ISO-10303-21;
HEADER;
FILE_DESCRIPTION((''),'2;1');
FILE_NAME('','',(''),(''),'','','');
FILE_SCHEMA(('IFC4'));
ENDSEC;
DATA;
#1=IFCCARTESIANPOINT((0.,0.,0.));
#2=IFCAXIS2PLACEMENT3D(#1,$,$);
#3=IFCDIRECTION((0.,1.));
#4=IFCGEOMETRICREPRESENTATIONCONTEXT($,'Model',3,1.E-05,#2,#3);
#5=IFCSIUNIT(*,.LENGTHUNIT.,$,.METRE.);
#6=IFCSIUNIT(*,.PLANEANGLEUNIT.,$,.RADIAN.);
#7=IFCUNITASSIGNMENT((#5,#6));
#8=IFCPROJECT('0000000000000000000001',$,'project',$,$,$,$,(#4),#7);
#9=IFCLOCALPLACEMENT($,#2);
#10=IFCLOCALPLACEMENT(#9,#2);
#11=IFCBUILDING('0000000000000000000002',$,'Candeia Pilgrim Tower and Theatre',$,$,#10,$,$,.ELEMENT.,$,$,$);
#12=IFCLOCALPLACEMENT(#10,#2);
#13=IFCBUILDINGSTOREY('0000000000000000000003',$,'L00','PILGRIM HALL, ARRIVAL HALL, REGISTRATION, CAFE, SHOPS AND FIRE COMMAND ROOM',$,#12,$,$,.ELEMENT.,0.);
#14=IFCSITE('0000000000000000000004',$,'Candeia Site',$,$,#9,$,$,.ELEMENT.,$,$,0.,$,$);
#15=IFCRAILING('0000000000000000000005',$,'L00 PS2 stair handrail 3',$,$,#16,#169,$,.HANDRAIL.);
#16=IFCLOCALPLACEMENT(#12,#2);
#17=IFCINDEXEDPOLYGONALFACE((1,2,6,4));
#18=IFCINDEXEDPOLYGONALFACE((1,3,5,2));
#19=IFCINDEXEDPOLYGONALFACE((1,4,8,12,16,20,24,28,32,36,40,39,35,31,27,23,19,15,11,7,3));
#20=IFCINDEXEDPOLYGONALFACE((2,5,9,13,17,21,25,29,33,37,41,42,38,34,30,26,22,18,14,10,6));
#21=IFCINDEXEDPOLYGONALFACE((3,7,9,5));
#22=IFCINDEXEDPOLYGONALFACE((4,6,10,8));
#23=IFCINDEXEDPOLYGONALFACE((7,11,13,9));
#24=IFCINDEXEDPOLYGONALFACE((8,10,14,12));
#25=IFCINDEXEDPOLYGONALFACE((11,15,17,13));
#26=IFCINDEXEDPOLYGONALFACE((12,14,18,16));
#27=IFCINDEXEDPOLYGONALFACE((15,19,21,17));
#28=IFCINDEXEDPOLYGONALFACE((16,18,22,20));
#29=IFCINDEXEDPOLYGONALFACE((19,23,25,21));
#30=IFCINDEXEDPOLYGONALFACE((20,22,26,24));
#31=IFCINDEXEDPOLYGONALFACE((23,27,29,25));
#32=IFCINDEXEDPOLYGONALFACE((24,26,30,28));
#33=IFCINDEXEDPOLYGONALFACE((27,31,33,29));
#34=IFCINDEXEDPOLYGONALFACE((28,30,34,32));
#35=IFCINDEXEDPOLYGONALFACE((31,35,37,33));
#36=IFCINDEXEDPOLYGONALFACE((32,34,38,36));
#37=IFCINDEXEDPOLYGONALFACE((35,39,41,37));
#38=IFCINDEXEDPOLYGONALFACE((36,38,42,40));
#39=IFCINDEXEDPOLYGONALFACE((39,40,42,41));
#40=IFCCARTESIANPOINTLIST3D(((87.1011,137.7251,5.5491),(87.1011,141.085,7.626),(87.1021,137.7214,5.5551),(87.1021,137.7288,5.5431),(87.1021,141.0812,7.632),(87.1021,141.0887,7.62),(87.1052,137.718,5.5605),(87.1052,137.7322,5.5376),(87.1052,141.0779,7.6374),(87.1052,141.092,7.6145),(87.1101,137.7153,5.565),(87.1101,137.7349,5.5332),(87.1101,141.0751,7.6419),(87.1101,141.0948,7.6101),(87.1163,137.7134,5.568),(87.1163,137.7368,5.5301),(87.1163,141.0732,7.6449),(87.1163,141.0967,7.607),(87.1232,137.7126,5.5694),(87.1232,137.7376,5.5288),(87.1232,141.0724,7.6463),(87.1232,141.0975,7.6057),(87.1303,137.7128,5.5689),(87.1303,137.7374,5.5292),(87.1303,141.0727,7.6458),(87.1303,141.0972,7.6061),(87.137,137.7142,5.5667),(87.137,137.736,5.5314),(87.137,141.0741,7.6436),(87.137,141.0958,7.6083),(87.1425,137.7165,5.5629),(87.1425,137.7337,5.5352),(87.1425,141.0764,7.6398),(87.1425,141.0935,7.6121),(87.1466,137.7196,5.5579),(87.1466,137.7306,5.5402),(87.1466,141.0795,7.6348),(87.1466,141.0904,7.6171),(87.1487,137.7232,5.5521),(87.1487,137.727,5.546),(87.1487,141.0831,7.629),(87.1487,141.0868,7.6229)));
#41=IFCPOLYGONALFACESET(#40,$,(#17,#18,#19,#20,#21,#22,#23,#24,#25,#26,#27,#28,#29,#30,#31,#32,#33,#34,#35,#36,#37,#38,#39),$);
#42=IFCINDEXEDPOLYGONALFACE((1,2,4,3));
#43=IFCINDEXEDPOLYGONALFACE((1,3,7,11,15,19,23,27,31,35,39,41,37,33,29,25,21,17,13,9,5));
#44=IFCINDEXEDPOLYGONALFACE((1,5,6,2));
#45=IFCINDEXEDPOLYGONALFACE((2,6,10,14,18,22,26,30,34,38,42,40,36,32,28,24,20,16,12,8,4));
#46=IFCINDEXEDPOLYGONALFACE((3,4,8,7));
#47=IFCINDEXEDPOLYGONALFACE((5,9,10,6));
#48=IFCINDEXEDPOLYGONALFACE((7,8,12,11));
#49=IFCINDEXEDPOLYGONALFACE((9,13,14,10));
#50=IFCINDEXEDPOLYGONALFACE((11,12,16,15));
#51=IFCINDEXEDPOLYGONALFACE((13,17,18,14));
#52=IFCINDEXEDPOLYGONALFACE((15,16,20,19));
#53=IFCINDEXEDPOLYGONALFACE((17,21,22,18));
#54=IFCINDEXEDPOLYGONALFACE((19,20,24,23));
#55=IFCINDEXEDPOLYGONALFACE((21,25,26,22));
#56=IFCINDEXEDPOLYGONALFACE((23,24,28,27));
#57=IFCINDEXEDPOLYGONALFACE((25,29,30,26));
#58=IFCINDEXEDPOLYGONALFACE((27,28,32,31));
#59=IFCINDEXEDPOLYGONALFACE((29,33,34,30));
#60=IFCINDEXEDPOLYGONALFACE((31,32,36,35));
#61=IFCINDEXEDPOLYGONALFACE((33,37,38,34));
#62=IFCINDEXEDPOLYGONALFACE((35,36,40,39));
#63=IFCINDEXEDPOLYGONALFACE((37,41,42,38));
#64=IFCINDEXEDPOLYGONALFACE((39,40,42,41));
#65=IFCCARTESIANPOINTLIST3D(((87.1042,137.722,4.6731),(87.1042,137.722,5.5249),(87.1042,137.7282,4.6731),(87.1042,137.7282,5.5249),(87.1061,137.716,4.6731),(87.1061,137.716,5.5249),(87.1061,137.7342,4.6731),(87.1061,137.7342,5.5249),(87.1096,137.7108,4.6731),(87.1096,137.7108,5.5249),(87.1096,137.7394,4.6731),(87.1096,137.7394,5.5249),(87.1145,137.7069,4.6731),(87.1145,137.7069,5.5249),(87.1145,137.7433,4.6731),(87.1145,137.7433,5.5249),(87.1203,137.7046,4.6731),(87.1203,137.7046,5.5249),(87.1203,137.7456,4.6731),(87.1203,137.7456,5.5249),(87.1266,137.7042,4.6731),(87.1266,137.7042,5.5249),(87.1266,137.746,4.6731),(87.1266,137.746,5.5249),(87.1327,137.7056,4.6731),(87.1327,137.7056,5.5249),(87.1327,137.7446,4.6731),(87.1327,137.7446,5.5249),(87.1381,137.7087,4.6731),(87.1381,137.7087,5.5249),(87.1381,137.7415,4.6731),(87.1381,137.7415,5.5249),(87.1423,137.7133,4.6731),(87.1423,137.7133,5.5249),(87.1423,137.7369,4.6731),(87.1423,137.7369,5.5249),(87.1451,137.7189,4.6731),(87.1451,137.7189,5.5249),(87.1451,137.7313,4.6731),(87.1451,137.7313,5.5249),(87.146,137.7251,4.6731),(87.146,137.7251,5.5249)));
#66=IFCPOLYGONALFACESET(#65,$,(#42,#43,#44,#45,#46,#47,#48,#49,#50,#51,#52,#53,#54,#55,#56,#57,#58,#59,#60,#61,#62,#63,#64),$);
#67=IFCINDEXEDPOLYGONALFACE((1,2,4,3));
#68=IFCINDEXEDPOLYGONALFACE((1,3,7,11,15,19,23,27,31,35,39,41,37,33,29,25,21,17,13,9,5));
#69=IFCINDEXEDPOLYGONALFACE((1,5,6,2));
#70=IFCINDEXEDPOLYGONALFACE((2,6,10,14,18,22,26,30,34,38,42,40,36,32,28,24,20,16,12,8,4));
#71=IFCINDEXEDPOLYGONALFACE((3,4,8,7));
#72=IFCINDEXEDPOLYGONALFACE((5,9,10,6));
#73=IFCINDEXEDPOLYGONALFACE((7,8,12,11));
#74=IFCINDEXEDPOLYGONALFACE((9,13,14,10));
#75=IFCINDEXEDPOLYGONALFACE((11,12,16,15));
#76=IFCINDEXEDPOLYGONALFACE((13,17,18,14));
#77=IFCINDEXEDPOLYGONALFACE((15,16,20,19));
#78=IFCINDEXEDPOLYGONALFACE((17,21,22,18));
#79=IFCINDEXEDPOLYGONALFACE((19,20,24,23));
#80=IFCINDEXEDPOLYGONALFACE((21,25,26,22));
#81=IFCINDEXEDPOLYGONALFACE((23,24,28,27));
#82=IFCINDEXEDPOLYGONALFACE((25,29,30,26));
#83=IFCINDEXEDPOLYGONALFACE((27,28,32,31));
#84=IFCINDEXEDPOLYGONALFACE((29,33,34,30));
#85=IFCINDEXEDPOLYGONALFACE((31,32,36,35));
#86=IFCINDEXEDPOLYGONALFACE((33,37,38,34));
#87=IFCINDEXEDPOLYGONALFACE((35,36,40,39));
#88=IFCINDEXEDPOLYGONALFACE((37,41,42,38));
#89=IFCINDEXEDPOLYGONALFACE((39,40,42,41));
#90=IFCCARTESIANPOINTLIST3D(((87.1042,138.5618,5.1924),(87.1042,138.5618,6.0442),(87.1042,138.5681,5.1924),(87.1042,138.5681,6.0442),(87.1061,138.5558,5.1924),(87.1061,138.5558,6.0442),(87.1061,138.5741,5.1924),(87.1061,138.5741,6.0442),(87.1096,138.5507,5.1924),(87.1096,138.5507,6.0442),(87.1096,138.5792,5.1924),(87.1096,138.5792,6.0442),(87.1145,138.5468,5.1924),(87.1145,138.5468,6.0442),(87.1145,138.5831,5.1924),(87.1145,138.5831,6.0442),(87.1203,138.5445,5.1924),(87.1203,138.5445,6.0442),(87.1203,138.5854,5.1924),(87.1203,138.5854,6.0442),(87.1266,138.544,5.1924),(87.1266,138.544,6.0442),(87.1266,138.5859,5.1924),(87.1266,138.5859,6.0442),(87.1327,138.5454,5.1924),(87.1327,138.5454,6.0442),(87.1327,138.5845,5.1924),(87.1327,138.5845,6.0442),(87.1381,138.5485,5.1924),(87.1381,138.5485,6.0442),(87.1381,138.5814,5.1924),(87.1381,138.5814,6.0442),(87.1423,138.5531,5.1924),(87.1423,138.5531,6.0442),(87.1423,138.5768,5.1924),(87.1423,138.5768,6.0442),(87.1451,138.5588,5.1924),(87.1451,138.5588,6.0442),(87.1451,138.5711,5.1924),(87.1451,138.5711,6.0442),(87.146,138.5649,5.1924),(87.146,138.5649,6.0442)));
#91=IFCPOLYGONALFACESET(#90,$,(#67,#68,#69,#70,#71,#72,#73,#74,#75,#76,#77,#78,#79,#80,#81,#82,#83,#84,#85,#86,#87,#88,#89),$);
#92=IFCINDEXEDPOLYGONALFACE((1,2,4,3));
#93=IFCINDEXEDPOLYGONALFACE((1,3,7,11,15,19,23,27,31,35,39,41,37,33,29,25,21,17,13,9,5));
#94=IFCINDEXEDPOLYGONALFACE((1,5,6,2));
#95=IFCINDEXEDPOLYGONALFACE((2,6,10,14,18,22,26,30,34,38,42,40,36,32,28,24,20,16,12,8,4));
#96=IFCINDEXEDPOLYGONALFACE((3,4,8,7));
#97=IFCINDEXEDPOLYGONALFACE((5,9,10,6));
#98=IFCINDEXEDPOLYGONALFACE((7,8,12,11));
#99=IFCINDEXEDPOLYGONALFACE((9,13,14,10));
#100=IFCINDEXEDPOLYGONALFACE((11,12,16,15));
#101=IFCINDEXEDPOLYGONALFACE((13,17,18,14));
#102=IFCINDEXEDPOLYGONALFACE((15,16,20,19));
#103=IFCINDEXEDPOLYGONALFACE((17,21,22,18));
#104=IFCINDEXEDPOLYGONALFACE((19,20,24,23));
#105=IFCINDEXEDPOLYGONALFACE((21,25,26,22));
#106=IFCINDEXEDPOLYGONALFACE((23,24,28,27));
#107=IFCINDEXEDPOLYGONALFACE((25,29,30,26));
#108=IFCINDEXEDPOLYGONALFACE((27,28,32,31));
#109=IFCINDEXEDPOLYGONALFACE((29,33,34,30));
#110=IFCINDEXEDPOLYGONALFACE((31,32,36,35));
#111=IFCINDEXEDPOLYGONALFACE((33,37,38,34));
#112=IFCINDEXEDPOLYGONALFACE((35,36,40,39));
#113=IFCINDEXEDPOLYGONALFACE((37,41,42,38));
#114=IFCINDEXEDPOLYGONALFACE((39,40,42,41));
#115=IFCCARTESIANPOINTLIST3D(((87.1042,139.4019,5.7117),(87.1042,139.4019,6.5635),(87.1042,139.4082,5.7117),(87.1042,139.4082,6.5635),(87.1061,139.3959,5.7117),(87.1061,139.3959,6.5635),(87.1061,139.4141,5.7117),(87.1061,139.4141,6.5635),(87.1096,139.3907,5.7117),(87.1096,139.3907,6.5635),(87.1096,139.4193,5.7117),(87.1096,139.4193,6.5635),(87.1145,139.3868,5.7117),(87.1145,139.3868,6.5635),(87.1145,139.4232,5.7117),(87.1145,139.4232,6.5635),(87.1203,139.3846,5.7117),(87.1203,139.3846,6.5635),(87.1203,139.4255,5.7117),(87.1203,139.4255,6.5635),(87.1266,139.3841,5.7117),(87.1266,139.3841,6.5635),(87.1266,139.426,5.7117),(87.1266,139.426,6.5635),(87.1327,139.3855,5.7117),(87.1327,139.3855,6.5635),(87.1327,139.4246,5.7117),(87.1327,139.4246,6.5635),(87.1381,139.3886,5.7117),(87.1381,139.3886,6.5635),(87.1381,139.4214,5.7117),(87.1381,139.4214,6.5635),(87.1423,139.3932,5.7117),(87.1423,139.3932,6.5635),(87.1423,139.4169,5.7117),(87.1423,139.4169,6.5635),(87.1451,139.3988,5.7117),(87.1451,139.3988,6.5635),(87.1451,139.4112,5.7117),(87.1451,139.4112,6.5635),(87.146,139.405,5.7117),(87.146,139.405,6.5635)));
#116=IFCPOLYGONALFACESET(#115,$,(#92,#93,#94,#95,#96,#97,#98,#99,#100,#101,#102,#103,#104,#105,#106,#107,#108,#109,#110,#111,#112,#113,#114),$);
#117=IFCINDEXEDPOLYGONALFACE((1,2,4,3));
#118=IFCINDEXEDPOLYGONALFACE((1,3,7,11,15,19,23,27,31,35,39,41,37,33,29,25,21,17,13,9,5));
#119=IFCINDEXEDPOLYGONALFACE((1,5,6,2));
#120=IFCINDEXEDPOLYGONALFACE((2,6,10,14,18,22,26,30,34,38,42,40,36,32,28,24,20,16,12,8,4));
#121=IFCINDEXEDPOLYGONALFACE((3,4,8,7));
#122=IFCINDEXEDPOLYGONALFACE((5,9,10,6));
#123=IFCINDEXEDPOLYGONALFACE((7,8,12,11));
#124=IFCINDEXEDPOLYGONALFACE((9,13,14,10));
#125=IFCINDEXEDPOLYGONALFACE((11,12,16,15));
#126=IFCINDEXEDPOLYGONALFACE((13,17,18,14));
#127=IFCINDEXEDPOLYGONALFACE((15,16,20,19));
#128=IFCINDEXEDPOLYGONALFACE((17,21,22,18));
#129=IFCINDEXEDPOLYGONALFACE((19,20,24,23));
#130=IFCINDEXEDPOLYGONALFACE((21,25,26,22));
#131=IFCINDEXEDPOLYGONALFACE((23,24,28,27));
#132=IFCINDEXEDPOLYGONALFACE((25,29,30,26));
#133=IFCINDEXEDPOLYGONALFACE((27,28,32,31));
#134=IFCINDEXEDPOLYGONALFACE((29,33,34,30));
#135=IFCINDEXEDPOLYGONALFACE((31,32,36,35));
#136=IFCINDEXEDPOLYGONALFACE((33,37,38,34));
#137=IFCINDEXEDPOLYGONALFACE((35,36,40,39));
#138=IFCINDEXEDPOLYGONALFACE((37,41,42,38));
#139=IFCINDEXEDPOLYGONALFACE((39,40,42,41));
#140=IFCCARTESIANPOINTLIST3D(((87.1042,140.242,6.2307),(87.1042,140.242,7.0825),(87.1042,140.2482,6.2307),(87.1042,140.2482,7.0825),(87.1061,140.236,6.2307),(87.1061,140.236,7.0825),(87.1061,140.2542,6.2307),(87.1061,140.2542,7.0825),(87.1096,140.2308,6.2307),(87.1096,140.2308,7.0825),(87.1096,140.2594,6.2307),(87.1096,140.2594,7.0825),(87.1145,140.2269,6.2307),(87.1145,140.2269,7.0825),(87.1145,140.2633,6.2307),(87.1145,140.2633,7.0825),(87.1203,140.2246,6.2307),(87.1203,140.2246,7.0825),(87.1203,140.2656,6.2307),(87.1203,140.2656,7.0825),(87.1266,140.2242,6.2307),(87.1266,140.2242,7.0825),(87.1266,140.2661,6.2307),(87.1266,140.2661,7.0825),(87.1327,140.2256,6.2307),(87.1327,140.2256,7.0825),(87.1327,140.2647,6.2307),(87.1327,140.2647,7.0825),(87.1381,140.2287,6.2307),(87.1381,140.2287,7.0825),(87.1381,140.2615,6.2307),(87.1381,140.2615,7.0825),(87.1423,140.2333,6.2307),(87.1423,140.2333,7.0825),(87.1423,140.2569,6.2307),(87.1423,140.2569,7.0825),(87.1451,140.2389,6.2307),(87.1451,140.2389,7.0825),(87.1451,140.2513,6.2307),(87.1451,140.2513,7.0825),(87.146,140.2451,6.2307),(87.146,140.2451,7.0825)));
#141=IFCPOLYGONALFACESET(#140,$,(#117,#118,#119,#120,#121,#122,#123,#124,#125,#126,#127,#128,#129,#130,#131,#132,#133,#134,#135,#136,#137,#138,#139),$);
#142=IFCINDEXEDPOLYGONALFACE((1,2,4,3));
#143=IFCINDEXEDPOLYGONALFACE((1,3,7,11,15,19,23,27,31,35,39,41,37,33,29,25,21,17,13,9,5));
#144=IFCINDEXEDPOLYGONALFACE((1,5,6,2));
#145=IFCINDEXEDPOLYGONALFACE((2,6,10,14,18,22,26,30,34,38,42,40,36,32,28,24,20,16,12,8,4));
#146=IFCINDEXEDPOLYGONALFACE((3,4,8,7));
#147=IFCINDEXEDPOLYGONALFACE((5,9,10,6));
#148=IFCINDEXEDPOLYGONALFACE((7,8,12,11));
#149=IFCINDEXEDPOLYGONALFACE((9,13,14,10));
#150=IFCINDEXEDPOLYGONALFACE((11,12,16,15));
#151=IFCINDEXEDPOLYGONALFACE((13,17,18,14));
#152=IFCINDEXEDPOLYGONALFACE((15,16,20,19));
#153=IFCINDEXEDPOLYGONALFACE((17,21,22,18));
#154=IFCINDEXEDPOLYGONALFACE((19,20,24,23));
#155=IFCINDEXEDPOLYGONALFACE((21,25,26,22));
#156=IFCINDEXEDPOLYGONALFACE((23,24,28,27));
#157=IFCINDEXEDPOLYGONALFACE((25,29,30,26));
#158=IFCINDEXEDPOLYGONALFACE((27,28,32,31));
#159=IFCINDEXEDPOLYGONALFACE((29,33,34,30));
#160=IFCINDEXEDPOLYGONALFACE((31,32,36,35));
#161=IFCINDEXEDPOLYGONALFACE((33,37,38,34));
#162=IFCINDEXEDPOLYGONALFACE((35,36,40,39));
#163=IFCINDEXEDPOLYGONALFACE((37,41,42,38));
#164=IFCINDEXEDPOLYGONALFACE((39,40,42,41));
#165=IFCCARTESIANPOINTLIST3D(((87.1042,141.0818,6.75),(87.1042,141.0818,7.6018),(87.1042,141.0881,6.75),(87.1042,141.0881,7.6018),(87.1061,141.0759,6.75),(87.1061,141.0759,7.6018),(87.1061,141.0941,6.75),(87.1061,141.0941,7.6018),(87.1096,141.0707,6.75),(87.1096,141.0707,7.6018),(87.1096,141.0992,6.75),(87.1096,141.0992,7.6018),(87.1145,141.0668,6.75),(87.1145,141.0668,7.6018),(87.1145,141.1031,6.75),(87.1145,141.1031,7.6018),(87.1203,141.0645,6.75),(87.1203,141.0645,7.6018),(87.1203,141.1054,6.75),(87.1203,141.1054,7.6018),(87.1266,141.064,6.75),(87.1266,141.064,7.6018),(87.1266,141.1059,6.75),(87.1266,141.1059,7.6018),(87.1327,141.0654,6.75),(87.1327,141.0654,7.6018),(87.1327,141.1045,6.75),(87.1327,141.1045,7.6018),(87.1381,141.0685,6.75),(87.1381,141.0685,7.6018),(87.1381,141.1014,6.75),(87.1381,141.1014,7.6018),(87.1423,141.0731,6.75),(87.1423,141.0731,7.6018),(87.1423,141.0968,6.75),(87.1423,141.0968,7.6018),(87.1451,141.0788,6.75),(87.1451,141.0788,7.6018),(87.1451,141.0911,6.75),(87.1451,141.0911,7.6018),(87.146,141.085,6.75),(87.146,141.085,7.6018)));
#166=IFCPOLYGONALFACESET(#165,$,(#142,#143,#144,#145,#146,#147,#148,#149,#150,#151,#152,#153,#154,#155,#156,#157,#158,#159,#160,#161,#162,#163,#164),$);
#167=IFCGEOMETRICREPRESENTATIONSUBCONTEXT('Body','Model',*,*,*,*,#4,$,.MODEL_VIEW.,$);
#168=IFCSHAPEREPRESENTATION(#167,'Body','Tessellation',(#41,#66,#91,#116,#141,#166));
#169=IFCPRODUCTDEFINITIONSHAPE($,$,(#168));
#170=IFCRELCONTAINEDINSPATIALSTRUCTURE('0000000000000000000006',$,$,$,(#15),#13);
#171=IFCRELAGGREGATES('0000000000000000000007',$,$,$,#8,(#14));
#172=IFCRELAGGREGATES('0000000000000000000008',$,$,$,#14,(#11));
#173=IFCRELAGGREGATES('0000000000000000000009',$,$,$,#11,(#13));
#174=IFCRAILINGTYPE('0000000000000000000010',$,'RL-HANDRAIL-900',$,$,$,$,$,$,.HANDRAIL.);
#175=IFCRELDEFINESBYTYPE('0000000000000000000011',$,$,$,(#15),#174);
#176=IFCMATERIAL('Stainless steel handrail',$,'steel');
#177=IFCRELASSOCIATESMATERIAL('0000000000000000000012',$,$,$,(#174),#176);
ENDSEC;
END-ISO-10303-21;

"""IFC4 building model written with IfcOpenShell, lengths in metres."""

from ifc_helpers import new_model, si_unit, direction, frame, origin, origin_2d, place, context, subcontext, project, spatial, circle, extrude, material, type_object, element, save


model = new_model("IFC4")

# Units and contexts
model_context = context("Model", 3, precision=1e-05, world=origin(), true_north=direction((0.0, 1.0)))
body_context = subcontext(model_context, "Body", "Model", "MODEL_VIEW")
ifc_project = project(units=[si_unit("LENGTHUNIT", "METRE"), si_unit("PLANEANGLEUNIT", "RADIAN")], contexts=[model_context])

# Site, building, storey
site_placement = place(None, origin())
site = spatial("IfcSite", under=ifc_project, at=site_placement, Name="Candeia Site", CompositionType="ELEMENT", RefElevation=0.0)
building_placement = place(site_placement, origin())
building = spatial("IfcBuilding", under=site, at=building_placement, Name="Candeia Pilgrim Tower and Theatre", CompositionType="ELEMENT")
storey_placement = place(building_placement, origin())
storey = spatial("IfcBuildingStorey", under=building, at=storey_placement, Name="L00", Description="PILGRIM HALL, ARRIVAL HALL, REGISTRATION, CAFE, SHOPS AND FIRE COMMAND ROOM", CompositionType="ELEMENT", Elevation=0.0)

# Railing
ifc_material_1 = material(Name="Stainless steel handrail", Category="steel")
railing_type_1 = type_object("IfcRailingType", Name="RL-HANDRAIL-900", PredefinedType="HANDRAIL", material=ifc_material_1)
railing_1_placement = place(storey_placement, frame((87.125, 137.7251, 4.6731)))
element("IfcRailing", 1, at=railing_1_placement, inside=storey, type_object=railing_type_1, Name="L00 PS2 stair handrail 3", PredefinedType="HANDRAIL", context=body_context, shape_type="SweptSolid", body=[
    extrude(circle(Radius=0.0239, at=origin_2d()), frame((0.0, 0.0, 0.876), z_axis=(0.0, 0.850606, 0.525803), x_axis=(-1.0, 0.0, 0.0)), (0.0, 0.0, 1.0), 3.95),
    extrude(circle(Radius=0.021, at=origin_2d()), origin(), (0.0, 0.0, 1.0), 0.8518),
    extrude(circle(Radius=0.021, at=origin_2d()), frame((0.0, 0.8398, 0.5193)), (0.0, 0.0, 1.0), 0.8518),
    extrude(circle(Radius=0.021, at=origin_2d()), frame((0.0, 1.6799, 1.0386)), (0.0, 0.0, 1.0), 0.8518),
    extrude(circle(Radius=0.021, at=origin_2d()), frame((0.0, 2.52, 1.5576)), (0.0, 0.0, 1.0), 0.8518),
    extrude(circle(Radius=0.021, at=origin_2d()), frame((0.0, 3.3599, 2.0769)), (0.0, 0.0, 1.0), 0.8518),
])

save(model, "model.ifc")
